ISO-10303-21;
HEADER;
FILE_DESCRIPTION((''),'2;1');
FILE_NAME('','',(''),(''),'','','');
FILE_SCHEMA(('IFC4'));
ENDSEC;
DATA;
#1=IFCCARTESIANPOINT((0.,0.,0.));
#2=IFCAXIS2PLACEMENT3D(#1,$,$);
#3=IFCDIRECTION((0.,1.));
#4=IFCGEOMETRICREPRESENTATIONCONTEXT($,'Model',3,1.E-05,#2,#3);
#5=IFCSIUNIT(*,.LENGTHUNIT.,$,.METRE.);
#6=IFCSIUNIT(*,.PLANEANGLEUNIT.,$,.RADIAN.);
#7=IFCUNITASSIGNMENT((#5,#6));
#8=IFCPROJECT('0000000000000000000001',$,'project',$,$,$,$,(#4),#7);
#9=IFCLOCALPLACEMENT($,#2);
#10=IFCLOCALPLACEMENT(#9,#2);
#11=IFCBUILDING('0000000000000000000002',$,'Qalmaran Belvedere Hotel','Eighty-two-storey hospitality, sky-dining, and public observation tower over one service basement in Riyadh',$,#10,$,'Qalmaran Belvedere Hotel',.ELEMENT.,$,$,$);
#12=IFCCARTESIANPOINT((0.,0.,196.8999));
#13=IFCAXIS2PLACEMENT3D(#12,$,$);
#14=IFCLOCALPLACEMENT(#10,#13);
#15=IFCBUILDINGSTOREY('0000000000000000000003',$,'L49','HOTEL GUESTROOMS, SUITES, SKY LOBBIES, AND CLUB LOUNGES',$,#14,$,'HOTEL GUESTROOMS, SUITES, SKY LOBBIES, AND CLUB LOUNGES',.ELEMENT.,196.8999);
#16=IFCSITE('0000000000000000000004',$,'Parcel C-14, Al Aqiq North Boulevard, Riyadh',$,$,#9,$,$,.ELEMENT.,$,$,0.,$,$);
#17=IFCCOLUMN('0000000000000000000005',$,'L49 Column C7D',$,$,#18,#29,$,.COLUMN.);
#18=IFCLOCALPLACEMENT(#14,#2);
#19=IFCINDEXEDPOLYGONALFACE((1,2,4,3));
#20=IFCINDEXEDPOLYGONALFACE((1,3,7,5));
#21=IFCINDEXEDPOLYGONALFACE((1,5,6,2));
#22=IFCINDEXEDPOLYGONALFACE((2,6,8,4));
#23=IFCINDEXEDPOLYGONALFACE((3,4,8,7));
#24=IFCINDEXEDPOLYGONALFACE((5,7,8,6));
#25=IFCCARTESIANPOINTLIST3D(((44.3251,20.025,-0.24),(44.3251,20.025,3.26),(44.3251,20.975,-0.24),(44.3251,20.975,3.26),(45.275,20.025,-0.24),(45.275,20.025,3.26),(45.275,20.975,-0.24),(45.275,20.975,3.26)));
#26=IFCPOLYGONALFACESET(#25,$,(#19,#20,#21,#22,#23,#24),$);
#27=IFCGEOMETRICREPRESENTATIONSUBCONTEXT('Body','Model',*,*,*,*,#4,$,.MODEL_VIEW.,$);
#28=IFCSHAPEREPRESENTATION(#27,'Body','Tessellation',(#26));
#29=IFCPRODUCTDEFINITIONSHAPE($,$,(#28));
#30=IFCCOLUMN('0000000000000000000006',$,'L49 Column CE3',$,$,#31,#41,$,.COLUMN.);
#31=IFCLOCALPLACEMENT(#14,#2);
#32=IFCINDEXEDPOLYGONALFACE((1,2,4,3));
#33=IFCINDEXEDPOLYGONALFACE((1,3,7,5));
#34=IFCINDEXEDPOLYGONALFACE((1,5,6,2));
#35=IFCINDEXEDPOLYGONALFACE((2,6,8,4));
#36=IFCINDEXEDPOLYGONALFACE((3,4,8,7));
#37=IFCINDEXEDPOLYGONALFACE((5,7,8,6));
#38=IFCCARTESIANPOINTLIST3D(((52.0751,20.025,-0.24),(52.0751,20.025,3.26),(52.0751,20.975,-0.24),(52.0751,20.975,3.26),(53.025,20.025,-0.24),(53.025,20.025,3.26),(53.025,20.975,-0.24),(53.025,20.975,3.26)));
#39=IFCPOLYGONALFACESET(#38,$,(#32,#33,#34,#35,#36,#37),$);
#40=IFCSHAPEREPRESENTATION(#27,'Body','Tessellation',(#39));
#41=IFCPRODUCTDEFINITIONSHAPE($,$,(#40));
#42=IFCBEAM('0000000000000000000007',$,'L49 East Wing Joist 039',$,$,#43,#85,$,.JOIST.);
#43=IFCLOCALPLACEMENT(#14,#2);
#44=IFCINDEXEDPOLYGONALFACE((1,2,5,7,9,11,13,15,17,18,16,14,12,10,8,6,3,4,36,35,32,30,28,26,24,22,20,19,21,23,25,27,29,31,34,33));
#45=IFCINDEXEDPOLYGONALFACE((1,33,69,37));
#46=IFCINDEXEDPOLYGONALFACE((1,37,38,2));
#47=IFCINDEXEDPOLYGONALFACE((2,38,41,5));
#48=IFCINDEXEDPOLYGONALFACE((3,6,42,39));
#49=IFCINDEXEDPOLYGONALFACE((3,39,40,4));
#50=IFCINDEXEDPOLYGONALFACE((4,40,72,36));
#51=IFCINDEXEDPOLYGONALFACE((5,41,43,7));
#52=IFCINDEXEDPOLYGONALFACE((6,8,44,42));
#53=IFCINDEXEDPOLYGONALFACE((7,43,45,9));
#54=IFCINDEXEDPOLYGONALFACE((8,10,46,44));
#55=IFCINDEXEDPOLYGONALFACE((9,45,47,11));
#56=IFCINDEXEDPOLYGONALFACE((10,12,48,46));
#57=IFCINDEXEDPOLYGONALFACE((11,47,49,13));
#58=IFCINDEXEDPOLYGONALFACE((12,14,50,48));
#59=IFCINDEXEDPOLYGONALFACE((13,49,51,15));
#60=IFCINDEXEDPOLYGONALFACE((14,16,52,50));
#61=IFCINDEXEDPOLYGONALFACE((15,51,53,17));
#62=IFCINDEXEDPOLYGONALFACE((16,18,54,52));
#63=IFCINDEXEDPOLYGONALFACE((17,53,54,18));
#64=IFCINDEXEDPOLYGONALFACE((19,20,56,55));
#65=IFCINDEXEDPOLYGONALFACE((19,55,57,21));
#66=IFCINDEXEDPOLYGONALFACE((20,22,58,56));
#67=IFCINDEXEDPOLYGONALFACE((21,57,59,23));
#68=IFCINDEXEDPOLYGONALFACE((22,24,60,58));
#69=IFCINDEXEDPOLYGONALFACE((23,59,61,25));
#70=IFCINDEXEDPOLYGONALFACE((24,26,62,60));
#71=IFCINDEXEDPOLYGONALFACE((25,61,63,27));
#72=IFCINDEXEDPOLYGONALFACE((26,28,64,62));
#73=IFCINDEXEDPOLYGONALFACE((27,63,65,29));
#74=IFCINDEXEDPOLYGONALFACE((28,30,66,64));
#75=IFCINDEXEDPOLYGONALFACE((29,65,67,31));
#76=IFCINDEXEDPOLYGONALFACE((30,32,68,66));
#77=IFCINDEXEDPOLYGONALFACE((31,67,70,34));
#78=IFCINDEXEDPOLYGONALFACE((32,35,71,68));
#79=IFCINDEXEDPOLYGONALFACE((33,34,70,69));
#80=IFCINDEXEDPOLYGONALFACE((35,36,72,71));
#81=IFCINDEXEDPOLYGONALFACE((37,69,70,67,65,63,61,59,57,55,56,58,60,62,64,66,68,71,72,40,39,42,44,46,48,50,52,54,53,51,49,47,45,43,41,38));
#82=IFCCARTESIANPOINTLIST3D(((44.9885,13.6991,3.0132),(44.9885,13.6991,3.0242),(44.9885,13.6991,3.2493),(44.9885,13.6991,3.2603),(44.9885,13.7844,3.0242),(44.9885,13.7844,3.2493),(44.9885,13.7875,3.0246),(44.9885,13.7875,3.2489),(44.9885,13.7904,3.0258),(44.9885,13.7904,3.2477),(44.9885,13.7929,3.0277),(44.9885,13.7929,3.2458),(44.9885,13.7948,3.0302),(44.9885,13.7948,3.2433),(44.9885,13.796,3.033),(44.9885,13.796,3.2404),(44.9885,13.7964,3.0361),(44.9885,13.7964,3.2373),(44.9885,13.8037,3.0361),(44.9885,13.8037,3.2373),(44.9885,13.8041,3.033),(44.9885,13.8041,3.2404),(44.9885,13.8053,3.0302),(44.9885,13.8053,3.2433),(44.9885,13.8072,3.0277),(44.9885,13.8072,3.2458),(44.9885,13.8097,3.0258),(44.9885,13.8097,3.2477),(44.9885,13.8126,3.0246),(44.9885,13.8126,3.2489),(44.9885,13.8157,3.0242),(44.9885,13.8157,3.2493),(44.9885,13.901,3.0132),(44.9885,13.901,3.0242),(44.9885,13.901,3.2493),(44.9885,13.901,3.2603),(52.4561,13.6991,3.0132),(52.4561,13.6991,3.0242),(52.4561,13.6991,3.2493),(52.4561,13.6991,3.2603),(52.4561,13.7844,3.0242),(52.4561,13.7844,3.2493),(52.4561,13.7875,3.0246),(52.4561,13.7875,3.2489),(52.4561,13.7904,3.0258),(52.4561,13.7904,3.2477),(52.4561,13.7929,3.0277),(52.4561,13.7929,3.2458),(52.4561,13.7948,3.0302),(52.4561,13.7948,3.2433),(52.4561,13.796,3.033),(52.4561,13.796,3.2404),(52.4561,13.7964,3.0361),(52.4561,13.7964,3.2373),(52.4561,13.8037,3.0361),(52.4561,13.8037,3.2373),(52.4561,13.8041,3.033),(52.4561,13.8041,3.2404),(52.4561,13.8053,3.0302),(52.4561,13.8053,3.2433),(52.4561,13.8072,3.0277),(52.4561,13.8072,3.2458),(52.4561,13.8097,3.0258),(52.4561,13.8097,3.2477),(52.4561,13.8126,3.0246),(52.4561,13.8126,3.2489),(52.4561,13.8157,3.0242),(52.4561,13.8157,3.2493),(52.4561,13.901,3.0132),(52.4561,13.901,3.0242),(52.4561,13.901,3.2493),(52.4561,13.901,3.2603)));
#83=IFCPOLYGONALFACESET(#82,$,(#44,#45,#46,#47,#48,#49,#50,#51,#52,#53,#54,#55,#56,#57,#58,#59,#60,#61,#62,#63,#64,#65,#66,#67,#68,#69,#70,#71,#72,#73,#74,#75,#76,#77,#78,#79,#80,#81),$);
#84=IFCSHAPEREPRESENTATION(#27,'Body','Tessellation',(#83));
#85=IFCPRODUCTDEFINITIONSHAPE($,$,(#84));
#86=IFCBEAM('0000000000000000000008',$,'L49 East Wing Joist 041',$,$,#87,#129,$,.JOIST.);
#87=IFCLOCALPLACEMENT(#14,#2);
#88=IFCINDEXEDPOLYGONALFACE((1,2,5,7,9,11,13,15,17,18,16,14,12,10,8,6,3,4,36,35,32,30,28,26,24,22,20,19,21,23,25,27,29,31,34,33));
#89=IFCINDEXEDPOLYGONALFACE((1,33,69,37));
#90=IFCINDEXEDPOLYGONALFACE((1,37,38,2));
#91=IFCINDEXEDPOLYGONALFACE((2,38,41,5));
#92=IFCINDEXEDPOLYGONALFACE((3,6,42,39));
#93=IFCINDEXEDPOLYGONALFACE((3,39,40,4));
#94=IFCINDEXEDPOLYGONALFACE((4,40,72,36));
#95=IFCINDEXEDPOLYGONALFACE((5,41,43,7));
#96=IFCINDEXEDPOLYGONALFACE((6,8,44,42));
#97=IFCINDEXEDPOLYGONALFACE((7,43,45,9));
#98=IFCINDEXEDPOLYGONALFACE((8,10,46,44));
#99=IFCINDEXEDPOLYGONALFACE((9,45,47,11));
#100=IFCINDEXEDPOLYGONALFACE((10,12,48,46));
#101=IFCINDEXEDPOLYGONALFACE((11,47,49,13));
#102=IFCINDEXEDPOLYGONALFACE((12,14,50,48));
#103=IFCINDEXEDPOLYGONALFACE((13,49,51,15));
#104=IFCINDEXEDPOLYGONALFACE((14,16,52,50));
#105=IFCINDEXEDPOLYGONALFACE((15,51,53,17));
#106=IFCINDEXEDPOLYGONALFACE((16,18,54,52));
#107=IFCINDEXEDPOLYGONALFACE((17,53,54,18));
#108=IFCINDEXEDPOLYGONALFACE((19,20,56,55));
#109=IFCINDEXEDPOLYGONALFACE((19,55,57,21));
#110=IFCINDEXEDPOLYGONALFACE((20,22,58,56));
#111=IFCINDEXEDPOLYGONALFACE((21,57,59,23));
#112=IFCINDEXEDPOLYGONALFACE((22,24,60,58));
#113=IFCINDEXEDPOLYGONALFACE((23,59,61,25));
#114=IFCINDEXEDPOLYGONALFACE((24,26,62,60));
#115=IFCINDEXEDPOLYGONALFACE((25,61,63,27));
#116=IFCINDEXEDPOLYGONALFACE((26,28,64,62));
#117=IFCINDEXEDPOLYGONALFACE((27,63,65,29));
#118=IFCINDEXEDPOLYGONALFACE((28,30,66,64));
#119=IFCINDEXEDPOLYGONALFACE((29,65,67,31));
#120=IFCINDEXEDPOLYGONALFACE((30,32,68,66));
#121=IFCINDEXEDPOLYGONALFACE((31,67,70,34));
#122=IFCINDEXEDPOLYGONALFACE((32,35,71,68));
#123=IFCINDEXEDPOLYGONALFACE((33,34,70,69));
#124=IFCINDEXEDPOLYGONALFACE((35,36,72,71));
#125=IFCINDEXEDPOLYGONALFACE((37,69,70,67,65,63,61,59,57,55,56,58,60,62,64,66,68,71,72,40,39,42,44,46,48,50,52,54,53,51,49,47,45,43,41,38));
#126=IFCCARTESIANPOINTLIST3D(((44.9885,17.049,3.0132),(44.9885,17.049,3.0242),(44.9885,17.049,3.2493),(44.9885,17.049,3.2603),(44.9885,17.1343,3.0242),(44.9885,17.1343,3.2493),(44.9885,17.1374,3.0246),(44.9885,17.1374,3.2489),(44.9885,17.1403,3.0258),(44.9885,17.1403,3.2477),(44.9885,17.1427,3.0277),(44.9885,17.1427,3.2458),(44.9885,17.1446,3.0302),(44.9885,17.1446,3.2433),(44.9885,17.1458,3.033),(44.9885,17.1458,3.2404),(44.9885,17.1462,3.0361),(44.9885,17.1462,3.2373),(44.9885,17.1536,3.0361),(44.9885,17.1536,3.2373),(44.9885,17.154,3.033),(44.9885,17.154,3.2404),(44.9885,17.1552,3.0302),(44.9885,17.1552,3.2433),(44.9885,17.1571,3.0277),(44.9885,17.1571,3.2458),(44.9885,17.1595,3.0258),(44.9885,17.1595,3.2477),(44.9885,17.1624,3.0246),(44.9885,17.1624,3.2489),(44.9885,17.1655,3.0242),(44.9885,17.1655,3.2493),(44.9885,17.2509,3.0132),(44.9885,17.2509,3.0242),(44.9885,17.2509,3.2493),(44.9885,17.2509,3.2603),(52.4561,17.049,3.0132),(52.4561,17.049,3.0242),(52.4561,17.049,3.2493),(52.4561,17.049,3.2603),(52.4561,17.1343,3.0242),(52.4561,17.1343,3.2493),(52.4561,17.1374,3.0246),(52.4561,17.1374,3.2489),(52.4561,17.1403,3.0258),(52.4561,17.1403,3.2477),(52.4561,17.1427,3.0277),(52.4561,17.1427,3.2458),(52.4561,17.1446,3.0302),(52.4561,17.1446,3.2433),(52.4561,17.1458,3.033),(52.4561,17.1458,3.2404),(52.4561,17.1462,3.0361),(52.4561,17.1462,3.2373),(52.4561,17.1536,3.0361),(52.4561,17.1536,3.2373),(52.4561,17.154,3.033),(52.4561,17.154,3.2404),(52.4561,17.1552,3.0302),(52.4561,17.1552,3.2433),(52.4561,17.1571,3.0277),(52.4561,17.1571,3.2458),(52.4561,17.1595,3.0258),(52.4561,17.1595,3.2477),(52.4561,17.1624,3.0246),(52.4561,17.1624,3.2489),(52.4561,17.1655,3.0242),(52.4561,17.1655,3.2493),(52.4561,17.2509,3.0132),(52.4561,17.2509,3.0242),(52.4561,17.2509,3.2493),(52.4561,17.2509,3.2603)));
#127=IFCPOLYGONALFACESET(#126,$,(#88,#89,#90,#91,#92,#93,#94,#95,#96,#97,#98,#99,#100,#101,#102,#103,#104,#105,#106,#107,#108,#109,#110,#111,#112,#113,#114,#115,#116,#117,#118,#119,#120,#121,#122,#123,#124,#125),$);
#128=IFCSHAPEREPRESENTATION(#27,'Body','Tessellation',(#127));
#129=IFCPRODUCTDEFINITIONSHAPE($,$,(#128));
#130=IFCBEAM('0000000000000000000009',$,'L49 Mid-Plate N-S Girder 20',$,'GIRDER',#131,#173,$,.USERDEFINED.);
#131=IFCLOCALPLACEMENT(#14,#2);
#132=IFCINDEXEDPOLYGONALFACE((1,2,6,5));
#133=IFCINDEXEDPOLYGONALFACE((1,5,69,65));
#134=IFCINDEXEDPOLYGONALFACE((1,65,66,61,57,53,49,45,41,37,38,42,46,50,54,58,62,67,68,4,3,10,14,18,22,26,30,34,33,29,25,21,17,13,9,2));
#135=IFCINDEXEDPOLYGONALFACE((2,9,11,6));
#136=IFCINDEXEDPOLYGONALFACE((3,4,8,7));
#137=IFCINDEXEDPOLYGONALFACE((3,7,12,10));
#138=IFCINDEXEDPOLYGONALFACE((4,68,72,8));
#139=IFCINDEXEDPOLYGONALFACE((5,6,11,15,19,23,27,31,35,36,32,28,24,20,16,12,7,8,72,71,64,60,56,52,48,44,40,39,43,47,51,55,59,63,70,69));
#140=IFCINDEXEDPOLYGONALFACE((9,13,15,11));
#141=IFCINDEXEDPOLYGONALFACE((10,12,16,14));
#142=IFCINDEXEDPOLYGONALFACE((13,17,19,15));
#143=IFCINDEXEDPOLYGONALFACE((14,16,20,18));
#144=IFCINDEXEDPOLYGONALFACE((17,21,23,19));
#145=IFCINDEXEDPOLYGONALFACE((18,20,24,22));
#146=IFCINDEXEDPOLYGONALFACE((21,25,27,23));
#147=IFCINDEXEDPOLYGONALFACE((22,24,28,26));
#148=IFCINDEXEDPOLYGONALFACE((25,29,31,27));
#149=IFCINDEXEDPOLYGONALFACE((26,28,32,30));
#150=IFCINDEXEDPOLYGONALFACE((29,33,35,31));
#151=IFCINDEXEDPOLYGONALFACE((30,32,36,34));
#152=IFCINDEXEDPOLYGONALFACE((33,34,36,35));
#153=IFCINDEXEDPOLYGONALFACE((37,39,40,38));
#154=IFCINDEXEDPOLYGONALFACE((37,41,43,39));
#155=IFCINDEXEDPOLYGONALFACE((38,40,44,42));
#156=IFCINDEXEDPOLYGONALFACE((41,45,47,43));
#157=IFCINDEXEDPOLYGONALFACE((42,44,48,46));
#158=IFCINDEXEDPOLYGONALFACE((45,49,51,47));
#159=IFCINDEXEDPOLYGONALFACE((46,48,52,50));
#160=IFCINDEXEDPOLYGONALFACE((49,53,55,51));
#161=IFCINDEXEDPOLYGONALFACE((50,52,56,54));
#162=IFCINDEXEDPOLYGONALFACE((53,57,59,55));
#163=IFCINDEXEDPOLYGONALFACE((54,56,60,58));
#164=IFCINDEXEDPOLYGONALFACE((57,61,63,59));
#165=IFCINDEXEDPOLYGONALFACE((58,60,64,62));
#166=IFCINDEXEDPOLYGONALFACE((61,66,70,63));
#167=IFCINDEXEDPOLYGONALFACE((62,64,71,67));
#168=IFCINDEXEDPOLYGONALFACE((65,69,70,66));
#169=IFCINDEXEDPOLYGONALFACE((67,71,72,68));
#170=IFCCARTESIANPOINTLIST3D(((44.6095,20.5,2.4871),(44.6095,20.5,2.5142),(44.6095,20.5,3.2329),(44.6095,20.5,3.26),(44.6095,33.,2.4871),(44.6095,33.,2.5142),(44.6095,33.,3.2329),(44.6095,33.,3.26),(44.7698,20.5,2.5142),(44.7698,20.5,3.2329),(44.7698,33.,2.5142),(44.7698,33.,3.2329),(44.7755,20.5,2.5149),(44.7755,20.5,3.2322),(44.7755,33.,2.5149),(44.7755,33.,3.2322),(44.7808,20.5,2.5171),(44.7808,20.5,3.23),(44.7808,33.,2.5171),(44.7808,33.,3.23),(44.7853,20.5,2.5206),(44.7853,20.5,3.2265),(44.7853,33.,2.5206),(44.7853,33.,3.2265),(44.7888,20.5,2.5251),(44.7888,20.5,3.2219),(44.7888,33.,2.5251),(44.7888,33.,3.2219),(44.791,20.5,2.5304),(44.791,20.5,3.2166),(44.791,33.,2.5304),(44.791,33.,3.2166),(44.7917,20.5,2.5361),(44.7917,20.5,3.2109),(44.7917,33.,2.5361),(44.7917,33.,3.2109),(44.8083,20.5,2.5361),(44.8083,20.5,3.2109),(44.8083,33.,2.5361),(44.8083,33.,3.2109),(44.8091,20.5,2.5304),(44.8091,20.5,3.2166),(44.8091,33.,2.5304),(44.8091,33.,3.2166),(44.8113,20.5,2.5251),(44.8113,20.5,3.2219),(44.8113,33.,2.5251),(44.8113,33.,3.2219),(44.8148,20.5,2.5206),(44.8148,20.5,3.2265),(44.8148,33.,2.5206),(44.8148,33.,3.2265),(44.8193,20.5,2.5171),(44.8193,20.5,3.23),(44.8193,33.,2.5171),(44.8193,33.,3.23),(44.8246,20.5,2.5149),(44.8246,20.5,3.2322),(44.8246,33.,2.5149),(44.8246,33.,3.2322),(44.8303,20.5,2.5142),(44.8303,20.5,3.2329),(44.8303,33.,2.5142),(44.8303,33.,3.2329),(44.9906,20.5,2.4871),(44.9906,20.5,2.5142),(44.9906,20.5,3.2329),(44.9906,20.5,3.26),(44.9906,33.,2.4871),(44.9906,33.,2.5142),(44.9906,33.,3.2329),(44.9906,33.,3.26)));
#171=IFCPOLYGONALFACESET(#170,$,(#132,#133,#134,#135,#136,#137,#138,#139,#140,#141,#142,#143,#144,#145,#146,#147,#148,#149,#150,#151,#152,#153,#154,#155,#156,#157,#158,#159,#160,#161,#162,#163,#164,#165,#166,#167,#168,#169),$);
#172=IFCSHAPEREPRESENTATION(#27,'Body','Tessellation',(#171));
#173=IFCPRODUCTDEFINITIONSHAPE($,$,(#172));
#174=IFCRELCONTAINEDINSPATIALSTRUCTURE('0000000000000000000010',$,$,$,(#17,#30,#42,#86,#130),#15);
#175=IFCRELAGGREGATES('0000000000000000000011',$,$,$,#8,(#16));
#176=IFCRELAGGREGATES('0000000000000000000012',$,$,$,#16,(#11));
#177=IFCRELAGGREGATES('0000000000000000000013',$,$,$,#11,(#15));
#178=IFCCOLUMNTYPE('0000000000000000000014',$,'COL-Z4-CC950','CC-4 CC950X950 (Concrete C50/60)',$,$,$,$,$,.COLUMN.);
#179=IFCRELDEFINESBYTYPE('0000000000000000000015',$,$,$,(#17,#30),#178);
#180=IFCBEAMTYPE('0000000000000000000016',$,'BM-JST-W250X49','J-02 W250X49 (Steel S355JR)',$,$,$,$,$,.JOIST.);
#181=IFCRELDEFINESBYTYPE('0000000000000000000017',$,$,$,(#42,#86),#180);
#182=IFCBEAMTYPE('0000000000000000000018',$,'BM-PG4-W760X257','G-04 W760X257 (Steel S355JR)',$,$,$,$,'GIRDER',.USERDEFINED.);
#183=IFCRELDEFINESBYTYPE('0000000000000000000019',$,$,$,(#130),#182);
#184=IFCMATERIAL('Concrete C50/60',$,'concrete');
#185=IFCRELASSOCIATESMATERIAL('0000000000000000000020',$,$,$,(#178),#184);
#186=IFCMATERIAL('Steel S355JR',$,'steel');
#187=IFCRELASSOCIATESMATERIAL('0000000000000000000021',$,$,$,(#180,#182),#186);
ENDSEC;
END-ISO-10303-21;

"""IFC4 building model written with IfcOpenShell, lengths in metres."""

from ifc_helpers import new_model, si_unit, direction, frame, origin, origin_2d, place, context, subcontext, project, spatial, rectangle, i_section, extrude, material, material_profile, profile_set, type_object, element, save


model = new_model("IFC4")

# Units and contexts
model_context = context("Model", 3, precision=1e-05, world=origin(), true_north=direction((0.0, 1.0)))
body_context = subcontext(model_context, "Body", "Model", "MODEL_VIEW")
ifc_project = project(units=[si_unit("LENGTHUNIT", "METRE"), si_unit("PLANEANGLEUNIT", "RADIAN")], contexts=[model_context])

# Site, building, storey
site_placement = place(None, origin())
site = spatial("IfcSite", under=ifc_project, at=site_placement, Name="Parcel C-14, Al Aqiq North Boulevard, Riyadh", CompositionType="ELEMENT", RefElevation=0.0)
building_placement = place(site_placement, origin())
building = spatial("IfcBuilding", under=site, at=building_placement, Name="Qalmaran Belvedere Hotel", Description="Eighty-two-storey hospitality, sky-dining, and public observation tower over one service basement in Riyadh", LongName="Qalmaran Belvedere Hotel", CompositionType="ELEMENT")
storey_placement = place(building_placement, frame((0.0, 0.0, 196.8999)))
storey = spatial("IfcBuildingStorey", under=building, at=storey_placement, Name="L49", Description="HOTEL GUESTROOMS, SUITES, SKY LOBBIES, AND CLUB LOUNGES", LongName="HOTEL GUESTROOMS, SUITES, SKY LOBBIES, AND CLUB LOUNGES", CompositionType="ELEMENT", Elevation=196.8999)

# Columns
ifc_material_1 = material(Name="Concrete C50/60", Category="concrete")
ifc_material_profile_1 = material_profile(ifc_material_1, rectangle(XDim=0.95, YDim=0.95, at=origin_2d()), Name="CC950X950")
ifc_profile_set_1 = profile_set([ifc_material_profile_1], Name="Concrete C50/60")
column_type = type_object("IfcColumnType", Name="COL-Z4-CC950", Description="CC-4 CC950X950 (Concrete C50/60)", PredefinedType="COLUMN", material=ifc_profile_set_1)
for number, where, z_axis, x_axis, name in (
    (1, (44.8, 20.5, -0.24), (0.0, 0.0, 1.0), (1.0, 0.0, 0.0), "L49 Column C7D"),
    (2, (52.55, 20.5, -0.24), (0.0, 0.0, 1.0), (1.0, 0.0, 0.0), "L49 Column CE3"),
):
    element("IfcColumn", number, at=place(storey_placement, frame(where, z_axis=z_axis, x_axis=x_axis)), inside=storey, type_object=column_type, Name=name, PredefinedType="COLUMN", context=body_context, shape_type="SweptSolid", body=[
        extrude(rectangle(XDim=0.95, YDim=0.95, at=origin_2d()), origin(), (0.0, 0.0, 1.0), 3.5),
    ])

# Beams
ifc_material_2 = material(Name="Steel S355JR", Category="steel")
ifc_material_profile_2 = material_profile(ifc_material_2, i_section(OverallWidth=0.2019, OverallDepth=0.2471, WebThickness=0.0073, FlangeThickness=0.011, FilletRadius=0.012, at=origin_2d()), Name="W250X49")
ifc_profile_set_2 = profile_set([ifc_material_profile_2], Name="Steel S355JR")
beam_type_1 = type_object("IfcBeamType", Name="BM-JST-W250X49", Description="J-02 W250X49 (Steel S355JR)", PredefinedType="JOIST", material=ifc_profile_set_2)
for number, where, z_axis, x_axis, name in (
    (3, (44.9885, 13.8, 3.1367), (1.0, 0.0, 0.0), (0.0, 1.0, 0.0), "L49 East Wing Joist 039"),
    (4, (44.9885, 17.1499, 3.1367), (1.0, 0.0, 0.0), (0.0, 1.0, 0.0), "L49 East Wing Joist 041"),
):
    element("IfcBeam", number, at=place(storey_placement, frame(where, z_axis=z_axis, x_axis=x_axis)), inside=storey, type_object=beam_type_1, Name=name, PredefinedType="JOIST", context=body_context, shape_type="SweptSolid", body=[
        extrude(i_section(OverallWidth=0.2019, OverallDepth=0.2471, WebThickness=0.0073, FlangeThickness=0.011, FilletRadius=0.012, at=origin_2d()), origin(), (0.0, 0.0, 1.0), 7.4675),
    ])
ifc_material_profile_3 = material_profile(ifc_material_2, i_section(OverallWidth=0.3811, OverallDepth=0.7729, WebThickness=0.0166, FlangeThickness=0.0271, FilletRadius=0.022, at=origin_2d()), Name="W760X257")
ifc_profile_set_3 = profile_set([ifc_material_profile_3], Name="Steel S355JR")
beam_type_2 = type_object("IfcBeamType", Name="BM-PG4-W760X257", Description="G-04 W760X257 (Steel S355JR)", ElementType="GIRDER", PredefinedType="USERDEFINED", material=ifc_profile_set_3)
beam_1_placement = place(storey_placement, frame((44.8, 20.5, 2.8735), z_axis=(0.0, 1.0, 0.0), x_axis=(-1.0, 0.0, 0.0)))
element("IfcBeam", 5, at=beam_1_placement, inside=storey, type_object=beam_type_2, Name="L49 Mid-Plate N-S Girder 20", ObjectType="GIRDER", PredefinedType="USERDEFINED", context=body_context, shape_type="SweptSolid", body=[
    extrude(i_section(OverallWidth=0.3811, OverallDepth=0.7729, WebThickness=0.0166, FlangeThickness=0.0271, FilletRadius=0.022, at=origin_2d()), origin(), (0.0, 0.0, 1.0), 12.5),
])

save(model, "model.ifc")
